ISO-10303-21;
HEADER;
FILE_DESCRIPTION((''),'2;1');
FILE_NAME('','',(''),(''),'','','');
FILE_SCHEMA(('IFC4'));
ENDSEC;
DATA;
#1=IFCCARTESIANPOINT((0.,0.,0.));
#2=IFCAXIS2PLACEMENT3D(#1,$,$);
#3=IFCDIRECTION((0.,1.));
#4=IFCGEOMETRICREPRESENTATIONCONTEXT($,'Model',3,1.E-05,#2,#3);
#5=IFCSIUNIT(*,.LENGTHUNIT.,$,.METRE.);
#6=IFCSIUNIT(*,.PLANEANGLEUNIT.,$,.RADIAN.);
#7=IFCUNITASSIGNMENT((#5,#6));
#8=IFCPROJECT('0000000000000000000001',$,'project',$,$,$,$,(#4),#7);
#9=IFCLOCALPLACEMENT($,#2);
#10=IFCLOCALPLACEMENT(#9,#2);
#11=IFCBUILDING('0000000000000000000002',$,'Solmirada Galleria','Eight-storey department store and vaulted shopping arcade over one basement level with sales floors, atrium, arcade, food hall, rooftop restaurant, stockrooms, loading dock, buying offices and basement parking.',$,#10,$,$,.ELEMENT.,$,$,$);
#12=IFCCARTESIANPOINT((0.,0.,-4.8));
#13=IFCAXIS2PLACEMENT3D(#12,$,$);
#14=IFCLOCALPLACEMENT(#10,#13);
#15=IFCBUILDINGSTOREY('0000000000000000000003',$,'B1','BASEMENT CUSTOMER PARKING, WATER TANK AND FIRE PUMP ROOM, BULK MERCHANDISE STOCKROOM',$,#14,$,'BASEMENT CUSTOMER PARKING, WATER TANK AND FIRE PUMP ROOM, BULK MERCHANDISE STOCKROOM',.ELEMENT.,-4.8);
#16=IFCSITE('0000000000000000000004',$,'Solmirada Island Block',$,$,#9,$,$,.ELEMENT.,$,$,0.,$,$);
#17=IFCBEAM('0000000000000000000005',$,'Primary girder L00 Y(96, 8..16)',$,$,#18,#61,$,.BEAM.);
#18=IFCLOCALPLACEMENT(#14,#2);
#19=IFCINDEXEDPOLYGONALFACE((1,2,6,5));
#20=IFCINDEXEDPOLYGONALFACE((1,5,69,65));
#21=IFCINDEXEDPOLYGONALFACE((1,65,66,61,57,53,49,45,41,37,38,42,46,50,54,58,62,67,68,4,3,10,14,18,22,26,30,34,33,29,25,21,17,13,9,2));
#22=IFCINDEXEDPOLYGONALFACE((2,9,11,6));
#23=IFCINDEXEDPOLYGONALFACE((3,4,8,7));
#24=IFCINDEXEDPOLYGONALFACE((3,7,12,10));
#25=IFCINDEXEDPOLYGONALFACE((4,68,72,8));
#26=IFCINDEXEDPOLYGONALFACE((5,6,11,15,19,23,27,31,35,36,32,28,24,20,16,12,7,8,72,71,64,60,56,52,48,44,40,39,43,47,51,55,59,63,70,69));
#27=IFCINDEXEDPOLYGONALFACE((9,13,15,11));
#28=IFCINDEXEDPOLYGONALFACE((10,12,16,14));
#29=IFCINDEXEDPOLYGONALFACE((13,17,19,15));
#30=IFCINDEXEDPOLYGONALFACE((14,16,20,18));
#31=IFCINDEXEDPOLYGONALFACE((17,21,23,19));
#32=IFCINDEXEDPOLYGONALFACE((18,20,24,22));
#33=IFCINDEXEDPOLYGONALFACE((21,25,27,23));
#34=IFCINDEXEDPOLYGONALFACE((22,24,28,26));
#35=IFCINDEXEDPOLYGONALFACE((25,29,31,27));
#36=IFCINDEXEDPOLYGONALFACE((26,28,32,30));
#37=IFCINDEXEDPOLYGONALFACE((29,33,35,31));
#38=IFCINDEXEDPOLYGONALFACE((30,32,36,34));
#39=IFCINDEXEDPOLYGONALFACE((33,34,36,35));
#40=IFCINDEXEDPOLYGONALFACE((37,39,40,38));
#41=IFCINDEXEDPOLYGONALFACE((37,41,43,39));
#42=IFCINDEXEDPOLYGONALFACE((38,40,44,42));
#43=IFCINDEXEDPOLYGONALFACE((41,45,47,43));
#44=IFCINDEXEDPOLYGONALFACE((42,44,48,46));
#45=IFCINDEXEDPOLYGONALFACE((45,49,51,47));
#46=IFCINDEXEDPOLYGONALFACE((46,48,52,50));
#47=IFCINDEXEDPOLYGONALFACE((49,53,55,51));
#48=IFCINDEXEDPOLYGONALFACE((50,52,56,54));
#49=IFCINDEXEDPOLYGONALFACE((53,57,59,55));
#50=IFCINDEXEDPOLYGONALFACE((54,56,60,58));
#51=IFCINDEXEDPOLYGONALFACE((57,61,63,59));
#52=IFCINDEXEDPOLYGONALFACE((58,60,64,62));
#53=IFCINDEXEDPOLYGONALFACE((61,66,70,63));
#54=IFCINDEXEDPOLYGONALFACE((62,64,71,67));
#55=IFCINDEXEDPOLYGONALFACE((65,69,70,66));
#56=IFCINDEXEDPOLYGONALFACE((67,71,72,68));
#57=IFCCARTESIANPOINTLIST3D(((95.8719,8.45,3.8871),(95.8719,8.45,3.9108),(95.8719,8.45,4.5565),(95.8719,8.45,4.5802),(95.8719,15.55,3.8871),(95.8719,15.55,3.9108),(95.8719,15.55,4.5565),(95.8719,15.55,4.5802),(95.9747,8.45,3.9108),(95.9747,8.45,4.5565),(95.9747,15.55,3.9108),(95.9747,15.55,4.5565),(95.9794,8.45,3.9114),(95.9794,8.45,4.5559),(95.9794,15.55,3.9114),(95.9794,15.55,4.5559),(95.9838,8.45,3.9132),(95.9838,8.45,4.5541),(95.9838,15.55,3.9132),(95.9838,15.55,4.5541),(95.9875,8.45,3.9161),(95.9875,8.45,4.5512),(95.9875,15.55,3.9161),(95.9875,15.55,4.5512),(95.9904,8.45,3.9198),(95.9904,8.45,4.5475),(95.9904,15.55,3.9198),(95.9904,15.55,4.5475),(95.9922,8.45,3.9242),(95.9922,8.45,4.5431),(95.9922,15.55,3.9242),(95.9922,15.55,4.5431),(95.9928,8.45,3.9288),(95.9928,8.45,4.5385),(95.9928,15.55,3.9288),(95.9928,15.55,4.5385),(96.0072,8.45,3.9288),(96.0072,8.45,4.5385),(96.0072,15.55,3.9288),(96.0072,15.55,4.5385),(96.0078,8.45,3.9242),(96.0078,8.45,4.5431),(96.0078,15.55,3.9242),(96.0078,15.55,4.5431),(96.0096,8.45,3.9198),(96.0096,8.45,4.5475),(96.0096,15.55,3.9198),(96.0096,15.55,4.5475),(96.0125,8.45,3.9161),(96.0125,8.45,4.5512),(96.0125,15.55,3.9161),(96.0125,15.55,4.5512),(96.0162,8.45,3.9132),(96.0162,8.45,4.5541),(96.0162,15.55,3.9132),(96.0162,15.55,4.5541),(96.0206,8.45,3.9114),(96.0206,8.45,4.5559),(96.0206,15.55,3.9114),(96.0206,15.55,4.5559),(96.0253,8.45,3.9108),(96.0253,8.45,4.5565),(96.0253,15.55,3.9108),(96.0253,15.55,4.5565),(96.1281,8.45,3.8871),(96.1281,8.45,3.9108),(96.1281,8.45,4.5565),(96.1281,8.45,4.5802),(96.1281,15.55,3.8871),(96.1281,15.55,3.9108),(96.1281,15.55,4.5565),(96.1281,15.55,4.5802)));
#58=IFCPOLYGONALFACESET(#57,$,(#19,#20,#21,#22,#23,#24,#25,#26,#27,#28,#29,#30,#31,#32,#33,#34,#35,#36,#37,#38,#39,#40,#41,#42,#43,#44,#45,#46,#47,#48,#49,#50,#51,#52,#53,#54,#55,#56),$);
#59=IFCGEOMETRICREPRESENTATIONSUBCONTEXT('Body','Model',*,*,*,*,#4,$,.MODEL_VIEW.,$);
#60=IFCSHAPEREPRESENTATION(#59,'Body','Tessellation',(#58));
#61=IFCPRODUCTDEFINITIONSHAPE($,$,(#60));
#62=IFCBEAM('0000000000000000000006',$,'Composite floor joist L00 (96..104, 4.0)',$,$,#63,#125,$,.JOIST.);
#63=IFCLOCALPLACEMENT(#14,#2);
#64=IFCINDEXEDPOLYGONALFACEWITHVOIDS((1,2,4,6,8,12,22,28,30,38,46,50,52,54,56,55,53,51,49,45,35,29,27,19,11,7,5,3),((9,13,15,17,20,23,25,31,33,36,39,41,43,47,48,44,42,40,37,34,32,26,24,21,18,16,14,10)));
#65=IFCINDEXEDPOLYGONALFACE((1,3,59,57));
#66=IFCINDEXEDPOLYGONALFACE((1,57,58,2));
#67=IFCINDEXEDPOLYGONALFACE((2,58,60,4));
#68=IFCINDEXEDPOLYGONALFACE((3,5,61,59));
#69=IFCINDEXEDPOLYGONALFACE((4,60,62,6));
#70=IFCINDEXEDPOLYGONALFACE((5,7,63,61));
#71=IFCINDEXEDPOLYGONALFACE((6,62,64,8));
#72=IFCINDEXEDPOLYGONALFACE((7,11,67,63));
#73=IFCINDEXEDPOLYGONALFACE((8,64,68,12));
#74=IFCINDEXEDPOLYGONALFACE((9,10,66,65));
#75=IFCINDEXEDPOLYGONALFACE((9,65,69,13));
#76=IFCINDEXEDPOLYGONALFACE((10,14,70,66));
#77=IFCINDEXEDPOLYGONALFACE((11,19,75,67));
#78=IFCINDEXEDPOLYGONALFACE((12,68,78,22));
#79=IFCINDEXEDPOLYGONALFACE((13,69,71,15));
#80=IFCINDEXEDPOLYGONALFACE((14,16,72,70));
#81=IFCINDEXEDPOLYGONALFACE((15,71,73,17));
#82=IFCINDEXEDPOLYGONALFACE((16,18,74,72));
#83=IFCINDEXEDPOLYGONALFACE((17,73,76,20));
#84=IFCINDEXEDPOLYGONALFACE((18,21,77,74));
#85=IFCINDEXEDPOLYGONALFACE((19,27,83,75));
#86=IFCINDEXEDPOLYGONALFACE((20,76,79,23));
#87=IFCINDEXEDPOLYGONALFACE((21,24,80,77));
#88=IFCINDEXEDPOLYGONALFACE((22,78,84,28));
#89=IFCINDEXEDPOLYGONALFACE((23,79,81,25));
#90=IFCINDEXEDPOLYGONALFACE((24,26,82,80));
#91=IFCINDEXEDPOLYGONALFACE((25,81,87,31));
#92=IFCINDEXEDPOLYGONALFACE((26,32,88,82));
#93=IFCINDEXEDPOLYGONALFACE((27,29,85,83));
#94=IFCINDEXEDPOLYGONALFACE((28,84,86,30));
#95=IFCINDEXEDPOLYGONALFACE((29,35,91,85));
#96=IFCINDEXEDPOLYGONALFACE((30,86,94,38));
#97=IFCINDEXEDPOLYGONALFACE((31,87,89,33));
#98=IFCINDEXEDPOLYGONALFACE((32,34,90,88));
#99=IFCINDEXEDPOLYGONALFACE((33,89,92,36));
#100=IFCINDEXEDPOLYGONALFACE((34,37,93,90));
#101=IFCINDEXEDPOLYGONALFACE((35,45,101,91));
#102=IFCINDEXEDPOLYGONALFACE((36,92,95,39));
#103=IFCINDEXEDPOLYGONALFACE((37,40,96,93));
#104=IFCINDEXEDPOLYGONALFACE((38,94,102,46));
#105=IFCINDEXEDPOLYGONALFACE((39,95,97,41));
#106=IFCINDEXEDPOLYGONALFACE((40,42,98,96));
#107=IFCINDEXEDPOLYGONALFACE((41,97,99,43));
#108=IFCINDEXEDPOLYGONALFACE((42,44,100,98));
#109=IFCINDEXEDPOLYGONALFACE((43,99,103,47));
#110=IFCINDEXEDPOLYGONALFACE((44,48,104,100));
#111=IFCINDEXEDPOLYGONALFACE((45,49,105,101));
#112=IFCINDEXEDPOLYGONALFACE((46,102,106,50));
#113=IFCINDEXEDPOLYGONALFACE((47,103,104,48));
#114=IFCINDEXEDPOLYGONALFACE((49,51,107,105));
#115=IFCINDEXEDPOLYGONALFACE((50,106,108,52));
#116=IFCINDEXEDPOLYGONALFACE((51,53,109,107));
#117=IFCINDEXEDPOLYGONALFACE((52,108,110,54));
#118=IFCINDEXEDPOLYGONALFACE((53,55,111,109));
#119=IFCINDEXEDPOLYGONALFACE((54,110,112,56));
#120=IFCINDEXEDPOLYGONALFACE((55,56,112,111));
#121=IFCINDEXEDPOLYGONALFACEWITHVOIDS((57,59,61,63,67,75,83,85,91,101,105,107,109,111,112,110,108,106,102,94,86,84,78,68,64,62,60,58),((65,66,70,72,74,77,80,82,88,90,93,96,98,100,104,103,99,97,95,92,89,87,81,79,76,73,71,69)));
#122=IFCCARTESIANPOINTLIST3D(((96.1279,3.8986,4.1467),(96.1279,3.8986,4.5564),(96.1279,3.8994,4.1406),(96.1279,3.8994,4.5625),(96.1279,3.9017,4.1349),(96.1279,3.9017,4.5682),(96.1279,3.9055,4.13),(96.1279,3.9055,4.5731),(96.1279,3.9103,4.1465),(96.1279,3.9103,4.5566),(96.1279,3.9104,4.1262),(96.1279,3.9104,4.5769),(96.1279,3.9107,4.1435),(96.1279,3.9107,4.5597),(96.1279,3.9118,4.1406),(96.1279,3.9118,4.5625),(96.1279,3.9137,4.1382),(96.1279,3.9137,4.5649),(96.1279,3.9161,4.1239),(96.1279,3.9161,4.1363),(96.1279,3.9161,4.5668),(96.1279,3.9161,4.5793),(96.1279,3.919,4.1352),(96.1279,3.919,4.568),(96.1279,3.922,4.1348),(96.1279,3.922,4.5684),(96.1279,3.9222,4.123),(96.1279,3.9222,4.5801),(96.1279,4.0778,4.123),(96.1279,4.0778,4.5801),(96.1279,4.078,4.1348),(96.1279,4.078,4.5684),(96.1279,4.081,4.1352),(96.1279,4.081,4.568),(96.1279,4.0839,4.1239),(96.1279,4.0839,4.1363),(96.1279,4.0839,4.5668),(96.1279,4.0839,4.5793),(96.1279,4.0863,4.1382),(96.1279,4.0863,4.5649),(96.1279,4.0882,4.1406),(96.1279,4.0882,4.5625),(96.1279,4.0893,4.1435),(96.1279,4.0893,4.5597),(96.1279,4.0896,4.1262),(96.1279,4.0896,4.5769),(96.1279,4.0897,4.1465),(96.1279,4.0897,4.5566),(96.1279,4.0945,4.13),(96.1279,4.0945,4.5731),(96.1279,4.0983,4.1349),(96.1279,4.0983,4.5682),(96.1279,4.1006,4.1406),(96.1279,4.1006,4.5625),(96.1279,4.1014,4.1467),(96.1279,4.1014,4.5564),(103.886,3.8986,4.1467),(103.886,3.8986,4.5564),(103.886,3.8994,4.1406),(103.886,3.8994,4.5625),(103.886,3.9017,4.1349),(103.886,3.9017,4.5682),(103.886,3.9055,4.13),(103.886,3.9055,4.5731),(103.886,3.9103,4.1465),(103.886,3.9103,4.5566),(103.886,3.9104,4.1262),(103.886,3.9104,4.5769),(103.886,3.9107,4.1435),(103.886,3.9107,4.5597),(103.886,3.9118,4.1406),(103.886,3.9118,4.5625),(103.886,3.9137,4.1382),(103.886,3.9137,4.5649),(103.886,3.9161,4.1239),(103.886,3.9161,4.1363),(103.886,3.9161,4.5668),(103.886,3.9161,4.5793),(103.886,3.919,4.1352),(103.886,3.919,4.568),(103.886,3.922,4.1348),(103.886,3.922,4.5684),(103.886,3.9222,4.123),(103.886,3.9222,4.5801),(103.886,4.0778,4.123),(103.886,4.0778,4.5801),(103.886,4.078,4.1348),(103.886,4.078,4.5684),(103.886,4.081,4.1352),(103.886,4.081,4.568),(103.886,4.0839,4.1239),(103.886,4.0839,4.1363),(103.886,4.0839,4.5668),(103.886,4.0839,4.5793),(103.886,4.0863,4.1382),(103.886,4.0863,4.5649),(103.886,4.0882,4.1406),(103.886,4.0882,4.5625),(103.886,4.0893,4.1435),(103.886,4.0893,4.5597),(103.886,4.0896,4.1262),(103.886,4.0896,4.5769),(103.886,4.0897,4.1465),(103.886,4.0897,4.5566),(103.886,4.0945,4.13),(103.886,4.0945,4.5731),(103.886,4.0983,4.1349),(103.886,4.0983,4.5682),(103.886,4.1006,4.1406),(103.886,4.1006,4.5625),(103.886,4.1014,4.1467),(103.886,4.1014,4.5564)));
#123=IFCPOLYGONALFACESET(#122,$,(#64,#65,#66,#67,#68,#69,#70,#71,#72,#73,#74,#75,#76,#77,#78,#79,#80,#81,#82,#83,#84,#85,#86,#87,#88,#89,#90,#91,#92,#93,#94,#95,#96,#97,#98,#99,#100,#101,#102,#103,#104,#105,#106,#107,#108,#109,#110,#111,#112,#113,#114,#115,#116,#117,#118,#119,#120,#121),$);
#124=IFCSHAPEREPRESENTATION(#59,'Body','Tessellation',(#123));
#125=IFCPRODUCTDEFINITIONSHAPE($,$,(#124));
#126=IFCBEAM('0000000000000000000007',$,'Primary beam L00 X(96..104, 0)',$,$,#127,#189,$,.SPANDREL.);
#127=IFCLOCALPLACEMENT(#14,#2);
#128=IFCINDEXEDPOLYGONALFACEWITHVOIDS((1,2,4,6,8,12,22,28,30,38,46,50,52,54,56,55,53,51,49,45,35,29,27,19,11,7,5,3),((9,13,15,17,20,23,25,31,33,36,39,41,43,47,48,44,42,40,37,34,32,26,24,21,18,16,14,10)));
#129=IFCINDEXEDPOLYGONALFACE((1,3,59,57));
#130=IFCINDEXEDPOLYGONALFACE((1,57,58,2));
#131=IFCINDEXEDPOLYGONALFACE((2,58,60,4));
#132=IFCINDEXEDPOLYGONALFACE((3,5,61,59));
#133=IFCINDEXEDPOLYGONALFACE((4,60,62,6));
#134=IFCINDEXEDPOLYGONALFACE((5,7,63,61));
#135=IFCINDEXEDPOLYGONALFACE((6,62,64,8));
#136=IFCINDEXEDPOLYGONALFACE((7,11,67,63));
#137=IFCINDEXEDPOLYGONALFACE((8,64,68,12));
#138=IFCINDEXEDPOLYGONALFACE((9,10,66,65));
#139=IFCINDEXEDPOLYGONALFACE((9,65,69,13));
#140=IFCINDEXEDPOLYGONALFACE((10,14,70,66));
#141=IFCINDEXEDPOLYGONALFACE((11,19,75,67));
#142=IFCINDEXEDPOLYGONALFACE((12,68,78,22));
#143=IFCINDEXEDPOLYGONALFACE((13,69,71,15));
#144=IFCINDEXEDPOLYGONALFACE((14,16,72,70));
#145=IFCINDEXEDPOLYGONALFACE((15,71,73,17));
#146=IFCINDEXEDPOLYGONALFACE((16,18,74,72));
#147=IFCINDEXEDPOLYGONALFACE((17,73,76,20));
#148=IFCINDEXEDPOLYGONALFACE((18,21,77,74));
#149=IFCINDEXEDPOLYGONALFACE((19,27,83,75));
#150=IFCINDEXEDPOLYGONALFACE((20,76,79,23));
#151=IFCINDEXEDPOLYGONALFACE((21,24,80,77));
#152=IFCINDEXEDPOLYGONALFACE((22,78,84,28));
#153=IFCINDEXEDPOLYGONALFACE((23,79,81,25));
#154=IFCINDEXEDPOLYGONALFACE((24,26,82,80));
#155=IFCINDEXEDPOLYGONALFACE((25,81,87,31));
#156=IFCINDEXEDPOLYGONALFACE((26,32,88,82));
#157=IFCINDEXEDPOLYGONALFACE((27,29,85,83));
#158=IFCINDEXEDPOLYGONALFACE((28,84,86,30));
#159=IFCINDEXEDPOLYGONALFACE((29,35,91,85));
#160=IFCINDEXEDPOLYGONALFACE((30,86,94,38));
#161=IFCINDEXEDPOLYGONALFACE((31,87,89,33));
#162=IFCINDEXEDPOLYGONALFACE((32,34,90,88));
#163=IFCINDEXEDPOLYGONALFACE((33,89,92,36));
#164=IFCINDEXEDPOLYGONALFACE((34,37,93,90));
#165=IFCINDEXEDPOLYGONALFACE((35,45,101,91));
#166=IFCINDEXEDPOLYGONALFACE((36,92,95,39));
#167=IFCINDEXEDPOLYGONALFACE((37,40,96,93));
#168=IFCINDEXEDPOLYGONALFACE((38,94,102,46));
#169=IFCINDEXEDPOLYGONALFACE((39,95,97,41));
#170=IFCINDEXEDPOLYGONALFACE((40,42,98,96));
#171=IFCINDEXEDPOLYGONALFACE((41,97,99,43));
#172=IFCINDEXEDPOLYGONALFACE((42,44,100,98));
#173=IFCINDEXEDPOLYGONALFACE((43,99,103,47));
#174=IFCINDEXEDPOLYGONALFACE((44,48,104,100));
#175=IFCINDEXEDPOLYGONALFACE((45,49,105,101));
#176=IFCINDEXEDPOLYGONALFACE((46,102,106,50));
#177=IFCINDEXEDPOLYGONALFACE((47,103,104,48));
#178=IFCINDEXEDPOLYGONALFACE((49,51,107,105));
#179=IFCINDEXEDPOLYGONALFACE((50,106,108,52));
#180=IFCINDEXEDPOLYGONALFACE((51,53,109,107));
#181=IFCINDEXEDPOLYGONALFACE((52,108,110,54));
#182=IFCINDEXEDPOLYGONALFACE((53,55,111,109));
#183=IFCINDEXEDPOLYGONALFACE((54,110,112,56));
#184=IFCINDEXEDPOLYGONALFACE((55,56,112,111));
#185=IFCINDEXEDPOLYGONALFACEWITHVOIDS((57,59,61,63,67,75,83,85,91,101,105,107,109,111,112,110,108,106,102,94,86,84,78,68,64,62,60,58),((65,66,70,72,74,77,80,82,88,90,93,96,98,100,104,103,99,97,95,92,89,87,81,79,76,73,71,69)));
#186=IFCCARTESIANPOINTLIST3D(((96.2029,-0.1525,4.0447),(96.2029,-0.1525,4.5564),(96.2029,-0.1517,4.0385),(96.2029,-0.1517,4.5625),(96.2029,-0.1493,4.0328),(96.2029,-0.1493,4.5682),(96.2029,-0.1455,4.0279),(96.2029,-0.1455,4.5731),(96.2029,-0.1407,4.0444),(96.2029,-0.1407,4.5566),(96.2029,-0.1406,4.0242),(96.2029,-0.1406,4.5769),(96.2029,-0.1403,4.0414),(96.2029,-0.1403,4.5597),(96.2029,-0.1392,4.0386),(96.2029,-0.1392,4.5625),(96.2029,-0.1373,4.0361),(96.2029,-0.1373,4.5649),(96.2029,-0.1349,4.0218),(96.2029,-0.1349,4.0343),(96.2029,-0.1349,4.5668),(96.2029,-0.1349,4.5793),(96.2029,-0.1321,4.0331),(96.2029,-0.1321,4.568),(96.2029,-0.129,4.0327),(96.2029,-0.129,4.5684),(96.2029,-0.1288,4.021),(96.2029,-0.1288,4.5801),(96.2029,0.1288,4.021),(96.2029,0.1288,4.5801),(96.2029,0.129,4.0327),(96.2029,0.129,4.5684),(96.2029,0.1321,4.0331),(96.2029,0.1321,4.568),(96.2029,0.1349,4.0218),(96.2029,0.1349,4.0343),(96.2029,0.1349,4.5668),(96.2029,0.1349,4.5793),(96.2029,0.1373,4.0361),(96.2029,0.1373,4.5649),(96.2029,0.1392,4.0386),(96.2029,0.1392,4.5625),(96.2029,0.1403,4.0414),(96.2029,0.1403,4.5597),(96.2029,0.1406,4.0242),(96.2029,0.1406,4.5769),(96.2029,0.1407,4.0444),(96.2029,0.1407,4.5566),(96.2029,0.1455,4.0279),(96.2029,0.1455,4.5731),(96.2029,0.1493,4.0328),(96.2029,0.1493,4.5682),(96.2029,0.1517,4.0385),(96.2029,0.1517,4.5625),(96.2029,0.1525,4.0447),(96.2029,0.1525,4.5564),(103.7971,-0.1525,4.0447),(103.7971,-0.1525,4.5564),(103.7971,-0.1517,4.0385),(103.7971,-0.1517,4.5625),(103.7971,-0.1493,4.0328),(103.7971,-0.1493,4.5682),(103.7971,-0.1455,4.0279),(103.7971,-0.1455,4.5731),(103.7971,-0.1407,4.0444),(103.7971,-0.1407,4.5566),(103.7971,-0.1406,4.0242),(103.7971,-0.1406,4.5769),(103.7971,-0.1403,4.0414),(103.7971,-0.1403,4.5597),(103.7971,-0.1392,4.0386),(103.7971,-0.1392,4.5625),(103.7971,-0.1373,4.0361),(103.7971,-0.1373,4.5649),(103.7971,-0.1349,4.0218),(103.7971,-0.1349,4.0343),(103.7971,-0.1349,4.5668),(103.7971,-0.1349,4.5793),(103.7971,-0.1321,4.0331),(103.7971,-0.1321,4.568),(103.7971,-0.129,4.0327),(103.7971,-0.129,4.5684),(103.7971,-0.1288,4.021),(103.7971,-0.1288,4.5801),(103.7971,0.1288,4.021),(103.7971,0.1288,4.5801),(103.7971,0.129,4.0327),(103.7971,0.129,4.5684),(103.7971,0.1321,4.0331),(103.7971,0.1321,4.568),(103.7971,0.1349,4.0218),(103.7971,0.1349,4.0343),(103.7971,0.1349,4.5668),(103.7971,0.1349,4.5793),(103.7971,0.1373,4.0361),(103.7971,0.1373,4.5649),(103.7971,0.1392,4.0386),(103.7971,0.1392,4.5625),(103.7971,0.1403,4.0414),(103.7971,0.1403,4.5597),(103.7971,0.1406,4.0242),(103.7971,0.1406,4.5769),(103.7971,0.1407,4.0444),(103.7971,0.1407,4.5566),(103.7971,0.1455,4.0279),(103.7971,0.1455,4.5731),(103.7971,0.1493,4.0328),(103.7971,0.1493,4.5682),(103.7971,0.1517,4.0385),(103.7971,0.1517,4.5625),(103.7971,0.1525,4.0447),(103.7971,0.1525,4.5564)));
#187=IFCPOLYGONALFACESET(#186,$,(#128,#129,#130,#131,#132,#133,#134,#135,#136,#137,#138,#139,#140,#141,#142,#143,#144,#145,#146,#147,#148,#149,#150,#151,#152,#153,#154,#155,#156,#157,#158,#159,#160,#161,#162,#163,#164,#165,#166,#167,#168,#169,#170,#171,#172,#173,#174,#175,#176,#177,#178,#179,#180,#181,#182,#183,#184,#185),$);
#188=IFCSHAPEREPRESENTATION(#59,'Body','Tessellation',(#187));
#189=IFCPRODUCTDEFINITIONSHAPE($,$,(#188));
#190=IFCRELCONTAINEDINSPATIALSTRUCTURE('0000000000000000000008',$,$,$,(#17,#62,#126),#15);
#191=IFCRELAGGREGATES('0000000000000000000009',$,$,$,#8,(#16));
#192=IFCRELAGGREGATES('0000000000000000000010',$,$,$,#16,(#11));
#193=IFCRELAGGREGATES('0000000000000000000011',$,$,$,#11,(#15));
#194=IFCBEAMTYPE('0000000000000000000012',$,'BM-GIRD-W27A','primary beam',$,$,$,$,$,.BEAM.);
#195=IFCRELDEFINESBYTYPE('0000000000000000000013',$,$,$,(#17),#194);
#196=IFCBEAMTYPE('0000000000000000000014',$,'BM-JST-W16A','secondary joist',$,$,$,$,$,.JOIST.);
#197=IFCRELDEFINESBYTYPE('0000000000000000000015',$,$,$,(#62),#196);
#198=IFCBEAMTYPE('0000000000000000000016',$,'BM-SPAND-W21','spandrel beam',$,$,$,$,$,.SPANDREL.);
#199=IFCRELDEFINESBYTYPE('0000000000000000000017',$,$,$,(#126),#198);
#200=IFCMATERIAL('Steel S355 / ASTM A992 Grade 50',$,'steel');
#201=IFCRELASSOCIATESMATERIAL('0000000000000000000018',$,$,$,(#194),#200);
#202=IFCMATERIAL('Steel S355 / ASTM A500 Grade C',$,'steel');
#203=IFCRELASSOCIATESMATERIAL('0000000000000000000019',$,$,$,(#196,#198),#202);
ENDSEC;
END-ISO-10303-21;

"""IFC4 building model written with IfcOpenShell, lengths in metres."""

from ifc_helpers import new_model, si_unit, direction, frame, origin, origin_2d, place, context, subcontext, project, spatial, hollow_rectangle, i_section, extrude, material, material_profile, profile_set, type_object, element, save


model = new_model("IFC4")

# Units and contexts
model_context = context("Model", 3, precision=1e-05, world=origin(), true_north=direction((0.0, 1.0)))
body_context = subcontext(model_context, "Body", "Model", "MODEL_VIEW")
ifc_project = project(units=[si_unit("LENGTHUNIT", "METRE"), si_unit("PLANEANGLEUNIT", "RADIAN")], contexts=[model_context])

# Site, building, storey
site_placement = place(None, origin())
site = spatial("IfcSite", under=ifc_project, at=site_placement, Name="Solmirada Island Block", CompositionType="ELEMENT", RefElevation=0.0)
building_placement = place(site_placement, origin())
building = spatial("IfcBuilding", under=site, at=building_placement, Name="Solmirada Galleria", Description="Eight-storey department store and vaulted shopping arcade over one basement level with sales floors, atrium, arcade, food hall, rooftop restaurant, stockrooms, loading dock, buying offices and basement parking.", CompositionType="ELEMENT")
storey_placement = place(building_placement, frame((0.0, 0.0, -4.8)))
storey = spatial("IfcBuildingStorey", under=building, at=storey_placement, Name="B1", Description="BASEMENT CUSTOMER PARKING, WATER TANK AND FIRE PUMP ROOM, BULK MERCHANDISE STOCKROOM", LongName="BASEMENT CUSTOMER PARKING, WATER TANK AND FIRE PUMP ROOM, BULK MERCHANDISE STOCKROOM", CompositionType="ELEMENT", Elevation=-4.8)

# Shared definitions
ifc_material_1 = material(Name="Steel S355 / ASTM A500 Grade C", Category="steel")

# Beams
ifc_material_2 = material(Name="Steel S355 / ASTM A992 Grade 50", Category="steel")
ifc_material_profile_1 = material_profile(ifc_material_2, i_section(OverallWidth=0.2561, OverallDepth=0.6931, WebThickness=0.0144, FlangeThickness=0.0237, FilletRadius=0.0181, at=origin_2d()), Name="W27X114")
ifc_profile_set_1 = profile_set([ifc_material_profile_1], Name="Steel S355 / ASTM A992 Grade 50")
beam_type_1 = type_object("IfcBeamType", Name="BM-GIRD-W27A", Description="primary beam", PredefinedType="BEAM", material=ifc_profile_set_1)
beam_1_placement = place(storey_placement, frame((96.0, 8.45, 4.2336), z_axis=(0.0, 1.0, 0.0), x_axis=(-1.0, 0.0, 0.0)))
element("IfcBeam", 1, at=beam_1_placement, inside=storey, type_object=beam_type_1, Name="Primary girder L00 Y(96, 8..16)", PredefinedType="BEAM", context=body_context, shape_type="SweptSolid", body=[
    extrude(i_section(OverallWidth=0.2561, OverallDepth=0.6931, WebThickness=0.0144, FlangeThickness=0.0237, FilletRadius=0.0181, at=origin_2d()), origin(), (0.0, 0.0, 1.0), 7.1001),
])
ifc_material_profile_2 = material_profile(ifc_material_1, hollow_rectangle(XDim=0.2029, YDim=0.457, WallThickness=0.0117, InnerFilletRadius=0.0117, OuterFilletRadius=0.0237, at=origin_2d()), Name="HSS18X8X1/2")
ifc_profile_set_2 = profile_set([ifc_material_profile_2], Name="Steel S355 / ASTM A500 Grade C")
beam_type_2 = type_object("IfcBeamType", Name="BM-JST-W16A", Description="secondary joist", PredefinedType="JOIST", material=ifc_profile_set_2)
beam_2_placement = place(storey_placement, frame((96.1279, 4.0, 4.3516), z_axis=(1.0, 0.0, 0.0), x_axis=(0.0, 1.0, 0.0)))
element("IfcBeam", 2, at=beam_2_placement, inside=storey, type_object=beam_type_2, Name="Composite floor joist L00 (96..104, 4.0)", PredefinedType="JOIST", context=body_context, shape_type="SweptSolid", body=[
    extrude(hollow_rectangle(XDim=0.2029, YDim=0.457, WallThickness=0.0117, InnerFilletRadius=0.0117, OuterFilletRadius=0.0237, at=origin_2d()), origin(), (0.0, 0.0, 1.0), 7.7581),
])
ifc_material_profile_3 = material_profile(ifc_material_1, hollow_rectangle(XDim=0.3049, YDim=0.5591, WallThickness=0.0117, InnerFilletRadius=0.0117, OuterFilletRadius=0.0237, at=origin_2d()), Name="HSS22X12X1/2")
ifc_profile_set_3 = profile_set([ifc_material_profile_3], Name="Steel S355 / ASTM A500 Grade C")
beam_type_3 = type_object("IfcBeamType", Name="BM-SPAND-W21", Description="spandrel beam", PredefinedType="SPANDREL", material=ifc_profile_set_3)
beam_3_placement = place(storey_placement, frame((96.2029, 0.0, 4.3005), z_axis=(1.0, 0.0, 0.0), x_axis=(0.0, 1.0, 0.0)))
element("IfcBeam", 3, at=beam_3_placement, inside=storey, type_object=beam_type_3, Name="Primary beam L00 X(96..104, 0)", PredefinedType="SPANDREL", context=body_context, shape_type="SweptSolid", body=[
    extrude(hollow_rectangle(XDim=0.3049, YDim=0.5591, WallThickness=0.0117, InnerFilletRadius=0.0117, OuterFilletRadius=0.0237, at=origin_2d()), origin(), (0.0, 0.0, 1.0), 7.5942),
])

save(model, "model.ifc")
